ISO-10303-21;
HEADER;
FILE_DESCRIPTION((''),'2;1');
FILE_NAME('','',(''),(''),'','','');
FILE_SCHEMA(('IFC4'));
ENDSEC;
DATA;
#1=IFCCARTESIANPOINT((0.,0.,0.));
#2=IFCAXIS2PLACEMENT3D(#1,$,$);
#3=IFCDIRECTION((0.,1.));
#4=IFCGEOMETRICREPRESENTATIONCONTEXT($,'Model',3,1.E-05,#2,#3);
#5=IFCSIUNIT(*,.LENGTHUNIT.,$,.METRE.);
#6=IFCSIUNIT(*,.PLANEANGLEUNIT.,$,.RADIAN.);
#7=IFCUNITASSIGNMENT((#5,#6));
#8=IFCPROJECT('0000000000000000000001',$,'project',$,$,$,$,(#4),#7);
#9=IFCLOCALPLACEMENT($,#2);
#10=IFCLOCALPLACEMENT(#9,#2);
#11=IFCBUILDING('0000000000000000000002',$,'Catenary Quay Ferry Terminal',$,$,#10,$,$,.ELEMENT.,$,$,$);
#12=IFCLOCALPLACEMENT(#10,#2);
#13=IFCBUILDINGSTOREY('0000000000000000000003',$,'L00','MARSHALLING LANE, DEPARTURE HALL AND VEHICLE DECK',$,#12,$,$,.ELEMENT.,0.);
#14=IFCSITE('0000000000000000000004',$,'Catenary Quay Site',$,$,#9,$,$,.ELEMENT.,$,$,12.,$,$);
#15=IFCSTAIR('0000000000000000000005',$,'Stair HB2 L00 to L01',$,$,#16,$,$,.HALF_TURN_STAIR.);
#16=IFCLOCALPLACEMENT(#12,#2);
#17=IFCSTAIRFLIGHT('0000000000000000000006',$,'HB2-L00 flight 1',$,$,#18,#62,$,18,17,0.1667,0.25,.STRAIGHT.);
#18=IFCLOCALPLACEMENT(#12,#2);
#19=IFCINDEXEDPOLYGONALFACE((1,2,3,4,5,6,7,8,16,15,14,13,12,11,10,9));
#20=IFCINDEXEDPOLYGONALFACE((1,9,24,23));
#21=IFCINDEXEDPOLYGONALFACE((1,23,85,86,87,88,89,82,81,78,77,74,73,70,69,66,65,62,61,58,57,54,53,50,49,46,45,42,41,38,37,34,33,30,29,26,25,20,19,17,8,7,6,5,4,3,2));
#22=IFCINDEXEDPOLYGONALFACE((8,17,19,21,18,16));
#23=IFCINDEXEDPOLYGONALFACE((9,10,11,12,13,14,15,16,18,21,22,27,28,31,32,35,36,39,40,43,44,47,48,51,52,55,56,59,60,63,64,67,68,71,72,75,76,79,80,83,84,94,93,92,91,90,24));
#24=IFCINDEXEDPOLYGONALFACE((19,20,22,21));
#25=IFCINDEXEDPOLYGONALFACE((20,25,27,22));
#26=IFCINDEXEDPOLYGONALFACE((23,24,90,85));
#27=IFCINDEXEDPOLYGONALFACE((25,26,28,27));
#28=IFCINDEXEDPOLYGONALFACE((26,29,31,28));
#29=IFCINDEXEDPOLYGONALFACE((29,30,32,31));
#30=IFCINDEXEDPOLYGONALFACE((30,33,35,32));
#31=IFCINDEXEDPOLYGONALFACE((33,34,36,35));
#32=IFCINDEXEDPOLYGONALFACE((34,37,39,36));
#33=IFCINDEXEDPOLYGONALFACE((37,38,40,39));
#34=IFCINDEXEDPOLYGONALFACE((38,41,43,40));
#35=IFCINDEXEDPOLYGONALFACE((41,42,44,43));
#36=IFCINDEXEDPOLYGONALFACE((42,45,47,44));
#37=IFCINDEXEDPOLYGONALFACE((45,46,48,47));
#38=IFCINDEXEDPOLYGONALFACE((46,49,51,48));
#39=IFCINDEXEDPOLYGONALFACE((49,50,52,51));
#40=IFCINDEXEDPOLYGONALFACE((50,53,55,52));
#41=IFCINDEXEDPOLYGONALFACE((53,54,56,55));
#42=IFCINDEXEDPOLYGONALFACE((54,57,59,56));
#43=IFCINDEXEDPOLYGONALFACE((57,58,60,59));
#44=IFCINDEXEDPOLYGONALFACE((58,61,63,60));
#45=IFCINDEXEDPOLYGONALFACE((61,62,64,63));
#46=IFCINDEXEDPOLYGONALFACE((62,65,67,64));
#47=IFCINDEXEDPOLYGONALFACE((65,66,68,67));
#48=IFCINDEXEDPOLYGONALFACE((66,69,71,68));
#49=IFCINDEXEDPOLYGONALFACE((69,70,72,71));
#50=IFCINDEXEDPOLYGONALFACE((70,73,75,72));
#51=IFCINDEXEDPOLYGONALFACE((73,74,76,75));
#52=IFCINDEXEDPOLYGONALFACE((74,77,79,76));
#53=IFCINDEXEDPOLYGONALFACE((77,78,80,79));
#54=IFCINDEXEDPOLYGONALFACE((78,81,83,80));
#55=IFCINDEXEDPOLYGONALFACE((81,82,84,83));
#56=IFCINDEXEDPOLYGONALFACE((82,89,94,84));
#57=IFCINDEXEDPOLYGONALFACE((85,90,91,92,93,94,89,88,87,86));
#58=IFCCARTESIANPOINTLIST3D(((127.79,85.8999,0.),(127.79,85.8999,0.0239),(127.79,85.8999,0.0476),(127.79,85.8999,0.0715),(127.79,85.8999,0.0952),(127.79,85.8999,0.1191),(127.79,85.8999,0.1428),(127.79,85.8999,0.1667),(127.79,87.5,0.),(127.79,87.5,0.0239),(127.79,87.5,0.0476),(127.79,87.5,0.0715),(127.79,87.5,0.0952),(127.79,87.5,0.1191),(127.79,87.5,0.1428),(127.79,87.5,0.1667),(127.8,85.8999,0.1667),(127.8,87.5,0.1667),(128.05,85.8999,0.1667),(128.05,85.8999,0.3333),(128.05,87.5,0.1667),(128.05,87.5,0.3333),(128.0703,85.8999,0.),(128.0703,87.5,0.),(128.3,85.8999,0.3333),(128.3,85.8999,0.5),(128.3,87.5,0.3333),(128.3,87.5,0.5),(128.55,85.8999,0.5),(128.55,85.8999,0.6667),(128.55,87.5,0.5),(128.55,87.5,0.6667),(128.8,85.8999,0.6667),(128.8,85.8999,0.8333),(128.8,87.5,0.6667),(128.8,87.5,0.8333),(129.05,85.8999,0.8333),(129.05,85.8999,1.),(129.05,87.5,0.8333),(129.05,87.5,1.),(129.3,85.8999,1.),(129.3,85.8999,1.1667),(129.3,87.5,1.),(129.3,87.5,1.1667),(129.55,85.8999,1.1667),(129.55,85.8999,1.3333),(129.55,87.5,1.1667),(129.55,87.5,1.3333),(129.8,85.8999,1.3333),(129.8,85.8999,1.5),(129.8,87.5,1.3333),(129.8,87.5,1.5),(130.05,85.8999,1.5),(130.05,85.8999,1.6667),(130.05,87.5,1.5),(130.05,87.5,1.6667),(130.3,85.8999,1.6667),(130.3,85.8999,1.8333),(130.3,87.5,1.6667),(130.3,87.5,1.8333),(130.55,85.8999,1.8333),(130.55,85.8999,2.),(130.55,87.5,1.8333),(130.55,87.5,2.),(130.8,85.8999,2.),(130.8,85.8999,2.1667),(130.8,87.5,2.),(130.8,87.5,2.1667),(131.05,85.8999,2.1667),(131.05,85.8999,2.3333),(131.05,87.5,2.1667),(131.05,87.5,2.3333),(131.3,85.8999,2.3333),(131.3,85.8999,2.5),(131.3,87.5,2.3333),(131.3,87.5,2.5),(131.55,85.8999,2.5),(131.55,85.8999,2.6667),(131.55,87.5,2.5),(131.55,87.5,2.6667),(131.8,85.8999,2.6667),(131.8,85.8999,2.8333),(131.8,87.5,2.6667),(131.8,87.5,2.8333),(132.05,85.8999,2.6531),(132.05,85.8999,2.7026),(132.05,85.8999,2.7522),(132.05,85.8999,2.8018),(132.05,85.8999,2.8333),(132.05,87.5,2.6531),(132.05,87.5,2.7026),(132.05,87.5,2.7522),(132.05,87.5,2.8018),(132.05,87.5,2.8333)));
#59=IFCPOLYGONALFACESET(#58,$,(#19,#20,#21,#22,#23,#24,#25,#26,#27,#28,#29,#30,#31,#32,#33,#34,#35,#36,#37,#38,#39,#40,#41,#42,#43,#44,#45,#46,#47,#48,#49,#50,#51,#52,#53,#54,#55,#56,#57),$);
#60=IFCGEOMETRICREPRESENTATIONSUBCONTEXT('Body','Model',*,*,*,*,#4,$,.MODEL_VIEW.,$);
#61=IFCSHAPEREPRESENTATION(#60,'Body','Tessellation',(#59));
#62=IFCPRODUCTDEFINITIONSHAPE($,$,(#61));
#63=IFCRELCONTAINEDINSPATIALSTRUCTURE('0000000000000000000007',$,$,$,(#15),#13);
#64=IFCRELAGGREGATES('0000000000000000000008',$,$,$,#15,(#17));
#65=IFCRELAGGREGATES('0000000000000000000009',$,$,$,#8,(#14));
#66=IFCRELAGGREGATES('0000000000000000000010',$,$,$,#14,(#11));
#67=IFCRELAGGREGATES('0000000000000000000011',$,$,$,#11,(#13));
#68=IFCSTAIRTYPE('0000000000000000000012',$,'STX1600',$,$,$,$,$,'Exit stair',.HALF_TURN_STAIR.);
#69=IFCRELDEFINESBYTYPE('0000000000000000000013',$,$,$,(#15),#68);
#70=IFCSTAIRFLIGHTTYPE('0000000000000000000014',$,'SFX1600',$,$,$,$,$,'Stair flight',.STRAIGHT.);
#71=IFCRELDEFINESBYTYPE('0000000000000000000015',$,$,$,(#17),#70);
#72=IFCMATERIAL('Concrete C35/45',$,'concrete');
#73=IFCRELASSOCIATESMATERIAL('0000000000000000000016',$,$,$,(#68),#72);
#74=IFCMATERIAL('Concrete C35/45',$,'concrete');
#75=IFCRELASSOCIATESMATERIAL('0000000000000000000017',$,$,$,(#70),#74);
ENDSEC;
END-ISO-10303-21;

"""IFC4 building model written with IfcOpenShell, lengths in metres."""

from ifc_helpers import new_model, si_unit, direction, frame, origin, place, context, subcontext, project, spatial, polyline, outline, extrude, material, type_object, element, aggregate, save


model = new_model("IFC4")

# Units and contexts
model_context = context("Model", 3, precision=1e-05, world=origin(), true_north=direction((0.0, 1.0)))
body_context = subcontext(model_context, "Body", "Model", "MODEL_VIEW")
ifc_project = project(units=[si_unit("LENGTHUNIT", "METRE"), si_unit("PLANEANGLEUNIT", "RADIAN")], contexts=[model_context])

# Site, building, storey
site_placement = place(None, origin())
site = spatial("IfcSite", under=ifc_project, at=site_placement, Name="Catenary Quay Site", CompositionType="ELEMENT", RefElevation=12.0)
building_placement = place(site_placement, origin())
building = spatial("IfcBuilding", under=site, at=building_placement, Name="Catenary Quay Ferry Terminal", CompositionType="ELEMENT")
storey_placement = place(building_placement, origin())
storey = spatial("IfcBuildingStorey", under=building, at=storey_placement, Name="L00", Description="MARSHALLING LANE, DEPARTURE HALL AND VEHICLE DECK", CompositionType="ELEMENT", Elevation=0.0)

# Stair, stair flight
ifc_material_1 = material(Name="Concrete C35/45", Category="concrete")
stair_type = type_object("IfcStairType", Name="STX1600", ElementType="Exit stair", PredefinedType="HALF_TURN_STAIR", material=ifc_material_1)
stair_placement = place(storey_placement, origin())
stair = element("IfcStair", 1, at=stair_placement, inside=storey, type_object=stair_type, Name="Stair HB2 L00 to L01", PredefinedType="HALF_TURN_STAIR")
ifc_material_2 = material(Name="Concrete C35/45", Category="concrete")
stair_flight_type = type_object("IfcStairFlightType", Name="SFX1600", ElementType="Stair flight", PredefinedType="STRAIGHT", material=ifc_material_2)
stair_flight_placement = place(storey_placement, frame((127.8, 86.7, 0.0), z_axis=(0.0, 0.0, 1.0), x_axis=(1.0, 0.0, 0.0)))
stair_flight = element("IfcStairFlight", 2, at=stair_flight_placement, type_object=stair_flight_type, Name="HB2-L00 flight 1", NumberOfRisers=18, NumberOfTreads=17, PredefinedType="STRAIGHT", RiserHeight=0.1667, TreadLength=0.25, context=body_context, shape_type="SweptSolid", body=[
    extrude(outline(polyline([(-0.01, 0.0), (-0.01, 0.0239), (-0.01, 0.0476), (-0.01, 0.0715), (-0.01, 0.0952), (-0.01, 0.1191), (-0.01, 0.1428), (-0.01, 0.1667), (0.0, 0.1667), (0.25, 0.1667), (0.25, 0.3333), (0.5, 0.3333), (0.5, 0.5), (0.75, 0.5), (0.75, 0.6667), (1.0, 0.6667), (1.0, 0.8333), (1.25, 0.8333), (1.25, 1.0), (1.5, 1.0), (1.5, 1.1667), (1.75, 1.1667), (1.75, 1.3333), (2.0, 1.3333), (2.0, 1.5), (2.25, 1.5), (2.25, 1.6667), (2.5, 1.6667), (2.5, 1.8333), (2.75, 1.8333), (2.75, 2.0), (3.0, 2.0), (3.0, 2.1667), (3.25, 2.1667), (3.25, 2.3333), (3.5, 2.3333), (3.5, 2.5), (3.75, 2.5), (3.75, 2.6667), (4.0, 2.6667), (4.0, 2.8333), (4.25, 2.8333), (4.25, 3.0), (4.25, 2.9504), (4.25, 2.9009), (4.25, 2.8513), (4.25, 2.8018), (4.25, 2.7522), (4.25, 2.7026), (4.25, 2.6531), (0.2703, 0.0), (-0.01, 0.0)])), frame((0.0, 0.8, 0.0), z_axis=(0.0, -1.0, 0.0), x_axis=(1.0, 0.0, 0.0)), (0.0, 0.0, 1.0), 1.6001),
])
aggregate(stair, [stair_flight])

save(model, "model.ifc")
